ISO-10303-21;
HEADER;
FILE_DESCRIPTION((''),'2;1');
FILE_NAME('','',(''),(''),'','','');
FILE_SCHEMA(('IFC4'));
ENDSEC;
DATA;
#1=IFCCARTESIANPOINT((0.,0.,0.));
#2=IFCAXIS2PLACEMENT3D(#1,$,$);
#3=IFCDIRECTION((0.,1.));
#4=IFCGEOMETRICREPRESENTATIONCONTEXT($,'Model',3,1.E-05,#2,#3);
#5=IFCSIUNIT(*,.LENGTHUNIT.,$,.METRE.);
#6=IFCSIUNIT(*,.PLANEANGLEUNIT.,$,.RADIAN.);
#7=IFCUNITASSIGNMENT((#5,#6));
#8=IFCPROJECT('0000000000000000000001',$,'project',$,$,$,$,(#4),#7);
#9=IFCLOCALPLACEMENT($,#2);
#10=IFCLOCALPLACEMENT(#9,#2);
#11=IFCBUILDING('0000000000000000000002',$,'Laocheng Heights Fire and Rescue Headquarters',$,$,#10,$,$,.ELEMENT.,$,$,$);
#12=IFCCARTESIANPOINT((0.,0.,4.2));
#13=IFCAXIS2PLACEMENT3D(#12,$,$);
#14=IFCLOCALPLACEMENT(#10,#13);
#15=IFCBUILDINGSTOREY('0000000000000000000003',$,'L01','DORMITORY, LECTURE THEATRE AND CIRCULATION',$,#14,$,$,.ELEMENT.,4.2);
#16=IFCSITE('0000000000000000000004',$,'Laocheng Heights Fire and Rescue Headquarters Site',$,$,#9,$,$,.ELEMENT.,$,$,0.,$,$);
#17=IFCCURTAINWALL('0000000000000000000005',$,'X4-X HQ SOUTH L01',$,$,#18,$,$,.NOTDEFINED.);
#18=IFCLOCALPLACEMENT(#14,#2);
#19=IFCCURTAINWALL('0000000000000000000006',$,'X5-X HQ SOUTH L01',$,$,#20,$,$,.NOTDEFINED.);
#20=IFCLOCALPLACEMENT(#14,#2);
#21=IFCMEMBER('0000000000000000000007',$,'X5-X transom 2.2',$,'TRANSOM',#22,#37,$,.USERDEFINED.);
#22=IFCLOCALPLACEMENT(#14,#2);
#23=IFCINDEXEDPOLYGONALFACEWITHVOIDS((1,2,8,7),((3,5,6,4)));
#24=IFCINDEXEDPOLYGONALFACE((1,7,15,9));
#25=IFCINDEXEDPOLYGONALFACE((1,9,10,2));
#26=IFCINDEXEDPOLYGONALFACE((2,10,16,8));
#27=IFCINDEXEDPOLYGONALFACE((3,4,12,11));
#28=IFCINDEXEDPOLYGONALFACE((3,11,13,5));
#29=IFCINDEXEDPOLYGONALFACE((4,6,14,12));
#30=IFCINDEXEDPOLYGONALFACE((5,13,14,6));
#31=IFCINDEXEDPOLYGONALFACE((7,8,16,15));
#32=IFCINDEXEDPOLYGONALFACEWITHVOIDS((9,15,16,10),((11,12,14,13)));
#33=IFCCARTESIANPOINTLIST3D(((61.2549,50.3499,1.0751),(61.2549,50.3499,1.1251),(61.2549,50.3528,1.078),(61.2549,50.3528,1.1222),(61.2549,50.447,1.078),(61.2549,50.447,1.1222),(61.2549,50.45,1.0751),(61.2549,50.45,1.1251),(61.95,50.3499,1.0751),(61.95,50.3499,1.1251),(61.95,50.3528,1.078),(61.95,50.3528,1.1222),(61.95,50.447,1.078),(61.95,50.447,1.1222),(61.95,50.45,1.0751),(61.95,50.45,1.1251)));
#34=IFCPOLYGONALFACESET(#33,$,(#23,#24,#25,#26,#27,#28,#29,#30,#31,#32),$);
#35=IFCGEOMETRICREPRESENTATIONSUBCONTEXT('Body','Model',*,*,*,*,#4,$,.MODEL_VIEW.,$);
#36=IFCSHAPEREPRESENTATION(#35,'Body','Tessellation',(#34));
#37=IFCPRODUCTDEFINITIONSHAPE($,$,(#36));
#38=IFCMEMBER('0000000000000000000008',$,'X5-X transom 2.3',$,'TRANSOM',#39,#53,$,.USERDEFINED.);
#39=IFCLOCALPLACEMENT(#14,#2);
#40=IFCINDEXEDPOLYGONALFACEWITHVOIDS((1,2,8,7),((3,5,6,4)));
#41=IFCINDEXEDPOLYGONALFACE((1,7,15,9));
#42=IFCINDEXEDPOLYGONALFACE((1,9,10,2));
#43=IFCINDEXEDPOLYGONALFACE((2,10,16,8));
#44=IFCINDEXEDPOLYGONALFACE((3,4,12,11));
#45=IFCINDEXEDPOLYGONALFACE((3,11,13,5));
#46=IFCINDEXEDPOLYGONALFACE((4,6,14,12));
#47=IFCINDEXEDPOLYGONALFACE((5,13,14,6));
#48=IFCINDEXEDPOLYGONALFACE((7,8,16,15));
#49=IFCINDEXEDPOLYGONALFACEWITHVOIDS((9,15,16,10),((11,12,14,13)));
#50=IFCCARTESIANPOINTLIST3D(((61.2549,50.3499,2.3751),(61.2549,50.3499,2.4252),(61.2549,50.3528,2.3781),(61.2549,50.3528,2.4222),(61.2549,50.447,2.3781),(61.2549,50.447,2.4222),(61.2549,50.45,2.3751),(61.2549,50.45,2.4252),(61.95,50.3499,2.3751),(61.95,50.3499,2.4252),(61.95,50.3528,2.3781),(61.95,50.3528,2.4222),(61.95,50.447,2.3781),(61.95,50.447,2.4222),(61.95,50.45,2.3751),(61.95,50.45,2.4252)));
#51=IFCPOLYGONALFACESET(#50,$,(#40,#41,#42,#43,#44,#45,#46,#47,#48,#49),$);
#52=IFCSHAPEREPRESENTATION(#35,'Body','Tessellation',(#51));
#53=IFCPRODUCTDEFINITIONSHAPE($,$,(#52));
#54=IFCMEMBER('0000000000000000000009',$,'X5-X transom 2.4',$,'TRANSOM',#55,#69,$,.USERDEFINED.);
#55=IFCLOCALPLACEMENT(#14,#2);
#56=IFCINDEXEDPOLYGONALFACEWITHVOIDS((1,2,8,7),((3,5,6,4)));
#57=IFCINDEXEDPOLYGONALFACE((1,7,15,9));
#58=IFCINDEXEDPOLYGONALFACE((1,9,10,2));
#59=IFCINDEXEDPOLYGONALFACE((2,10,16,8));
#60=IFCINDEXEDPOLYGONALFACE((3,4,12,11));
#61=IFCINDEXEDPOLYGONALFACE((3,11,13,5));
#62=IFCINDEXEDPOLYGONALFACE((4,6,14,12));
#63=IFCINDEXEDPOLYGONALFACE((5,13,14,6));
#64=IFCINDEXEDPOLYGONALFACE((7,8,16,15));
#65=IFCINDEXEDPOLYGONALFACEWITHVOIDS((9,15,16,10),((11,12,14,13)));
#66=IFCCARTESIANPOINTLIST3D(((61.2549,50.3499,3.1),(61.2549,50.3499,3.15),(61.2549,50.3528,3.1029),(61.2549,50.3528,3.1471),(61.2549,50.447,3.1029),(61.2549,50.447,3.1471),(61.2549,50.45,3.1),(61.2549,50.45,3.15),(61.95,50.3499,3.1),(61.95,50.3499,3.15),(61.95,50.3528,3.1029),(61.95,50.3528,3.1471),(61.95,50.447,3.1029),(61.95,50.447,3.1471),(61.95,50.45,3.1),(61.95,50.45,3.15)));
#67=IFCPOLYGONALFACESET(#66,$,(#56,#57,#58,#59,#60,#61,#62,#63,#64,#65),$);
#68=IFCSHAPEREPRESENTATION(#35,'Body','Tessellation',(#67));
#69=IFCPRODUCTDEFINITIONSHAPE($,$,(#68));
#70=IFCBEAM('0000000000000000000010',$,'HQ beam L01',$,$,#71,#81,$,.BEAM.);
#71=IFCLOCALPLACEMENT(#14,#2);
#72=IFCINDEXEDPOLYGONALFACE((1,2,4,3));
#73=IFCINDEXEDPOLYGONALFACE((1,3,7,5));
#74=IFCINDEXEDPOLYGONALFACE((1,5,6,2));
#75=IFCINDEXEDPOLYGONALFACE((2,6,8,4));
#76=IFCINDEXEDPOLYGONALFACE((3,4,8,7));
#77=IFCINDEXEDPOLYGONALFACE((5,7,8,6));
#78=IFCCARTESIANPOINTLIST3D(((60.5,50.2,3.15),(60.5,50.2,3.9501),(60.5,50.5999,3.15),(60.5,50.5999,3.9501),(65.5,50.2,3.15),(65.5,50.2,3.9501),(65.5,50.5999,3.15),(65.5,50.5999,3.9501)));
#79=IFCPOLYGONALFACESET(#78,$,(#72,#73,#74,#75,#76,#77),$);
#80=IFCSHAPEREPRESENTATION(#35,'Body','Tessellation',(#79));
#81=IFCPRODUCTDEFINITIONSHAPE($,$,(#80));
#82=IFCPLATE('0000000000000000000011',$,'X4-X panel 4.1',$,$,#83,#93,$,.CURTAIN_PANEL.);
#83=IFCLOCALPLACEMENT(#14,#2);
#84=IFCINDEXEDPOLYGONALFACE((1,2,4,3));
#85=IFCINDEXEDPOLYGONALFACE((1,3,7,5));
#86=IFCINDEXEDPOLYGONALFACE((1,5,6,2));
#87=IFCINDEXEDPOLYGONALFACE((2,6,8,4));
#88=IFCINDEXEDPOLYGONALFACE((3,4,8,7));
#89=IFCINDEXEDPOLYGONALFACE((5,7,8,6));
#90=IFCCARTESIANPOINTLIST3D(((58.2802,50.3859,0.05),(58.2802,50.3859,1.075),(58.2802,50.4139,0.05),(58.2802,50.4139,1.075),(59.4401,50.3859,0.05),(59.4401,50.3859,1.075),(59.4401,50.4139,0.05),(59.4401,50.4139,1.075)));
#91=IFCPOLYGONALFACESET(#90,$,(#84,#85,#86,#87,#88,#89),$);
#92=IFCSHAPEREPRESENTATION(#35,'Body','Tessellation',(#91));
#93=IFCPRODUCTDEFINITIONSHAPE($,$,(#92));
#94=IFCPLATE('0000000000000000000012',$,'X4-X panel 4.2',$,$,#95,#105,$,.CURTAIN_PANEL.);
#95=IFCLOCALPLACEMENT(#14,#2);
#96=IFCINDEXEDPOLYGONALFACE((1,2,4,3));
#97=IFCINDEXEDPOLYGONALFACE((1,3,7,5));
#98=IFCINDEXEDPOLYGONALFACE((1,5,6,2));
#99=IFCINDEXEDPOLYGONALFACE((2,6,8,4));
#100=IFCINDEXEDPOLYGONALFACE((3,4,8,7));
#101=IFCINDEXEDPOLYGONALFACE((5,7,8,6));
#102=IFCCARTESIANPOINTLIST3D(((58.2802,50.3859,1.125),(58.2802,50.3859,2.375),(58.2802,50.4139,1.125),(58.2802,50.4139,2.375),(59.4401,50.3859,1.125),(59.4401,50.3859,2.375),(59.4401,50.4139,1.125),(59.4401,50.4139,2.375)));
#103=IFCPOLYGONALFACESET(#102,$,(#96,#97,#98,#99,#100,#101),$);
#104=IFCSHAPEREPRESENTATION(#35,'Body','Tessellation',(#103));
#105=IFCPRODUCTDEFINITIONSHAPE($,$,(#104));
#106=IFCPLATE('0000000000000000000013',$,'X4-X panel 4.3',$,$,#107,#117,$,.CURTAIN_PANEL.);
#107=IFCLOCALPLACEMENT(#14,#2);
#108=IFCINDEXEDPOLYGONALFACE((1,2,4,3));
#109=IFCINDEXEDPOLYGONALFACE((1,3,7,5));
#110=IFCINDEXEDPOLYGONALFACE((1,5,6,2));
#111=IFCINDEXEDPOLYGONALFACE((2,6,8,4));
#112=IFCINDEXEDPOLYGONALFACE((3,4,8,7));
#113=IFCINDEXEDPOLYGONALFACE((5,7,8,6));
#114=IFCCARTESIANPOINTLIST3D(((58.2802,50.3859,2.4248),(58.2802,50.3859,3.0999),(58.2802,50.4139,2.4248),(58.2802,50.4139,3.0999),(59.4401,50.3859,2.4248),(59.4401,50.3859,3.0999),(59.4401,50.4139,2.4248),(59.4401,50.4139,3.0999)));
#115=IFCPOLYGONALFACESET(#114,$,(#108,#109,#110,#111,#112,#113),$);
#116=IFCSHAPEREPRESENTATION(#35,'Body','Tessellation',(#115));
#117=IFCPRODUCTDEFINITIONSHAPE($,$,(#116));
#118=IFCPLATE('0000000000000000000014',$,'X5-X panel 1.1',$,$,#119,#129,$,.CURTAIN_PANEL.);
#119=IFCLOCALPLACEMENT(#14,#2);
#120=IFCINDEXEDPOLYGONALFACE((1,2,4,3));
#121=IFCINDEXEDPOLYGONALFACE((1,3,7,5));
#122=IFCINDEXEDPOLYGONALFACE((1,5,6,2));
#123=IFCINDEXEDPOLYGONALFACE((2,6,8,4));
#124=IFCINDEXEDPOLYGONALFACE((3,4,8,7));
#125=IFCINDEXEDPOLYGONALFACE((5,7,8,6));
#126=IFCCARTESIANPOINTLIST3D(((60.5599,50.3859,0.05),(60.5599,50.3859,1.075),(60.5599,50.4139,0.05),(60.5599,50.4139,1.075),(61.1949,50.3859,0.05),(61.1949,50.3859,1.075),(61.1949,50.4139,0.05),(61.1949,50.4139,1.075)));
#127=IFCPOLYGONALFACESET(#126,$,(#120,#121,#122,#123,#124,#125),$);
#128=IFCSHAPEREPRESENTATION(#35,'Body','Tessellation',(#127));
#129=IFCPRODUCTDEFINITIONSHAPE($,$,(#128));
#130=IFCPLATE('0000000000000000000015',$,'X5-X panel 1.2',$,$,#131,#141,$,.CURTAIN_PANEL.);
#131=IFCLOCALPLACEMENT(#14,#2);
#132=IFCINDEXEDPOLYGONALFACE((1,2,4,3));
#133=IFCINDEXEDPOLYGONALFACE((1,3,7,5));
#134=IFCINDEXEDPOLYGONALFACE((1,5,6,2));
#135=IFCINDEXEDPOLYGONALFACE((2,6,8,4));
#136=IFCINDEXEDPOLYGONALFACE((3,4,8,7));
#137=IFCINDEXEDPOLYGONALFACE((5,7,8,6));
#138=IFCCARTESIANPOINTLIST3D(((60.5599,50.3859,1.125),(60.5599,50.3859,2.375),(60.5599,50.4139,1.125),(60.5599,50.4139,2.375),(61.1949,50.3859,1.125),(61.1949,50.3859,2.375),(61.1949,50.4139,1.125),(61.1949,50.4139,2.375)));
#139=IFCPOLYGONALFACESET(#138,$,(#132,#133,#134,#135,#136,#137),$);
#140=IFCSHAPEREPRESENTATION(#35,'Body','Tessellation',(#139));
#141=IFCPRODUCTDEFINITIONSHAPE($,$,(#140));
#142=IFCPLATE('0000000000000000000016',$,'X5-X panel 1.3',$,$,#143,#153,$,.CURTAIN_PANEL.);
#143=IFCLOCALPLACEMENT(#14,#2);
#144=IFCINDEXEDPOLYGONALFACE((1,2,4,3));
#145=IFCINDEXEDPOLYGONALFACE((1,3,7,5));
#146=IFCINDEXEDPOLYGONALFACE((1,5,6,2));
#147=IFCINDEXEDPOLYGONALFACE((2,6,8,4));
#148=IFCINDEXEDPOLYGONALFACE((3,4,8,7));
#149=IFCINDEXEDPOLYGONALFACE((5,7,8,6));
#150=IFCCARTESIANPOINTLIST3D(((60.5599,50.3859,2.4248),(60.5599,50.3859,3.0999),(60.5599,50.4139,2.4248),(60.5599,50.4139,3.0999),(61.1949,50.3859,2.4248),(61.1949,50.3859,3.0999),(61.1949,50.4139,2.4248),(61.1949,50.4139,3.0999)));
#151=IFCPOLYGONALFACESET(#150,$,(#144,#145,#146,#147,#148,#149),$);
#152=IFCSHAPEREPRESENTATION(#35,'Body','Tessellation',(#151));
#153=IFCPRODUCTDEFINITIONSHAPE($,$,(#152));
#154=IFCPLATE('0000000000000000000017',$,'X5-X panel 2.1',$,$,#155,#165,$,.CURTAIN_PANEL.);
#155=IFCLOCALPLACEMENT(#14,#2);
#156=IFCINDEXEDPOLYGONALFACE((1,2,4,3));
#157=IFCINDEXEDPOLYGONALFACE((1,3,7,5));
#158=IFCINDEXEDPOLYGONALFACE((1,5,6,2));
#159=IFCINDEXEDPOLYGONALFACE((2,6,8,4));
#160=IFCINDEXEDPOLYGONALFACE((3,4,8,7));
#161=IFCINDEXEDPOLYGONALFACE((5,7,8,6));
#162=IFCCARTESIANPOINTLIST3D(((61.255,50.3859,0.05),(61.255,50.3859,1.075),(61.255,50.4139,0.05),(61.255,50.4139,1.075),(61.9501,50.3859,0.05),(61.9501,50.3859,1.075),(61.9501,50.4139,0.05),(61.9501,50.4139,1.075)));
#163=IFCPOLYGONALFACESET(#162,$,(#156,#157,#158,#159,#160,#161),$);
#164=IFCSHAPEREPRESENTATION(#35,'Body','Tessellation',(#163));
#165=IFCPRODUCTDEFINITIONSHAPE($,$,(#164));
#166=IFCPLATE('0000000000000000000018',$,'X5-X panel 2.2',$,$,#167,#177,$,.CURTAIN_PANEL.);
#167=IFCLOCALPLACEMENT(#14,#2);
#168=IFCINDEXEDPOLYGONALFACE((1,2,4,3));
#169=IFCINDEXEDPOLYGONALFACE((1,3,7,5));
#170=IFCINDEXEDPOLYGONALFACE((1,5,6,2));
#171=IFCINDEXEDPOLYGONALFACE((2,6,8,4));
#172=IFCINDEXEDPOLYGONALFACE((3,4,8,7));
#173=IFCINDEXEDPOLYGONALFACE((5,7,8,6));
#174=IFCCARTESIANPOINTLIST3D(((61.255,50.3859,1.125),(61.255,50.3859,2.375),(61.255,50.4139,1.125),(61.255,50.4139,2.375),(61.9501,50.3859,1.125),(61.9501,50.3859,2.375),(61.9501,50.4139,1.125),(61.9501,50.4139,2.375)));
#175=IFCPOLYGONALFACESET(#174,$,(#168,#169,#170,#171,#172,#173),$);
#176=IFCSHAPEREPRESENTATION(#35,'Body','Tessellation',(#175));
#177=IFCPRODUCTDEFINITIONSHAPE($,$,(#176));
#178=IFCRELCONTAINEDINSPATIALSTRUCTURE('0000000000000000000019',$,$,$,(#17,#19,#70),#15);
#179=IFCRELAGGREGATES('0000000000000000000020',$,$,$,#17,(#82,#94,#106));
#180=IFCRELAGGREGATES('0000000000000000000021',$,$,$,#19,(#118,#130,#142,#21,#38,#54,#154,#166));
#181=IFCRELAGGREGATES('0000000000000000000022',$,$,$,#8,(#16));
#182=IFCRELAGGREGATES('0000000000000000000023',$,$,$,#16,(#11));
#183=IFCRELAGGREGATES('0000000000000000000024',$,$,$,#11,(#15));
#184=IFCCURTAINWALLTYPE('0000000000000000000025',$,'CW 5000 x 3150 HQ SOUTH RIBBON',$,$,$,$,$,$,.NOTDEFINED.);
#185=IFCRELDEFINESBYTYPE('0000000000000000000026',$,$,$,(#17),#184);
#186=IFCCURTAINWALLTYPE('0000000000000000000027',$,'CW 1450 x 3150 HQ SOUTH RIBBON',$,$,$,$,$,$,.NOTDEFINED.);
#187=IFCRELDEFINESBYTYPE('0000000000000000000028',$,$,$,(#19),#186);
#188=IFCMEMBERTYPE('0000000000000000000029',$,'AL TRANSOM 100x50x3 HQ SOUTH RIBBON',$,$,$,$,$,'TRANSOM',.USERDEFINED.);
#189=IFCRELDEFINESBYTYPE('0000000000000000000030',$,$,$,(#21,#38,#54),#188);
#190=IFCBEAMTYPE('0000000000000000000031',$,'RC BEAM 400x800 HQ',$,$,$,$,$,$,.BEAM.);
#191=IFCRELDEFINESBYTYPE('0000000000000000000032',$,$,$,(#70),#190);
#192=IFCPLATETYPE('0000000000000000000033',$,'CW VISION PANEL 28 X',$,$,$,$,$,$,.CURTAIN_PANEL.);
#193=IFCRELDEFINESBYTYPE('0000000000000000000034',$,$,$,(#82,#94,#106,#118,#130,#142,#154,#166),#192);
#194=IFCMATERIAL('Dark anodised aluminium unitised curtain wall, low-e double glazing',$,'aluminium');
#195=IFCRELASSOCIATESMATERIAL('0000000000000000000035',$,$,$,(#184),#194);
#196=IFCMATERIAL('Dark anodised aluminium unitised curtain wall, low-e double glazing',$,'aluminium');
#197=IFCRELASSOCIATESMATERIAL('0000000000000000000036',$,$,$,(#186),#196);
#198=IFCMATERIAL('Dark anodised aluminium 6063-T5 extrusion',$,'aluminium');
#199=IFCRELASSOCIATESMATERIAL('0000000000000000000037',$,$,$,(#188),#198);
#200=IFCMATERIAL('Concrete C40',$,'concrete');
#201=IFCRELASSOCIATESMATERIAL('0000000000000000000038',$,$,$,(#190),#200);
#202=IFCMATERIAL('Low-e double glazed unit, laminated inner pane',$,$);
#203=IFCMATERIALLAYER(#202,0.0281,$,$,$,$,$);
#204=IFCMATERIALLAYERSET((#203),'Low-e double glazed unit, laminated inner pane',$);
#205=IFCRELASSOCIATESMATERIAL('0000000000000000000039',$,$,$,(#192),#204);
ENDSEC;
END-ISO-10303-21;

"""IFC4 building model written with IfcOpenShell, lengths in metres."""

from ifc_helpers import new_model, si_unit, direction, frame, origin, origin_2d, place, context, subcontext, project, spatial, rectangle, hollow_rectangle, extrude, material, layer, layer_set, material_profile, profile_set, type_object, element, aggregate, save


model = new_model("IFC4")

# Units and contexts
model_context = context("Model", 3, precision=1e-05, world=origin(), true_north=direction((0.0, 1.0)))
body_context = subcontext(model_context, "Body", "Model", "MODEL_VIEW")
ifc_project = project(units=[si_unit("LENGTHUNIT", "METRE"), si_unit("PLANEANGLEUNIT", "RADIAN")], contexts=[model_context])

# Site, building, storey
site_placement = place(None, origin())
site = spatial("IfcSite", under=ifc_project, at=site_placement, Name="Laocheng Heights Fire and Rescue Headquarters Site", CompositionType="ELEMENT", RefElevation=0.0)
building_placement = place(site_placement, origin())
building = spatial("IfcBuilding", under=site, at=building_placement, Name="Laocheng Heights Fire and Rescue Headquarters", CompositionType="ELEMENT")
storey_placement = place(building_placement, frame((0.0, 0.0, 4.2)))
storey = spatial("IfcBuildingStorey", under=building, at=storey_placement, Name="L01", Description="DORMITORY, LECTURE THEATRE AND CIRCULATION", CompositionType="ELEMENT", Elevation=4.2)

# Curtain wall
ifc_material_1 = material(Name="Dark anodised aluminium unitised curtain wall, low-e double glazing", Category="aluminium")
curtain_wall_type_1 = type_object("IfcCurtainWallType", Name="CW 5000 x 3150 HQ SOUTH RIBBON", PredefinedType="NOTDEFINED", material=ifc_material_1)
curtain_wall_1_placement = place(storey_placement, origin())
curtain_wall_1 = element("IfcCurtainWall", 1, at=curtain_wall_1_placement, inside=storey, type_object=curtain_wall_type_1, Name="X4-X HQ SOUTH L01", PredefinedType="NOTDEFINED")

# Curtain wall
ifc_material_2 = material(Name="Dark anodised aluminium unitised curtain wall, low-e double glazing", Category="aluminium")
curtain_wall_type_2 = type_object("IfcCurtainWallType", Name="CW 1450 x 3150 HQ SOUTH RIBBON", PredefinedType="NOTDEFINED", material=ifc_material_2)
curtain_wall_2_placement = place(storey_placement, origin())
curtain_wall_2 = element("IfcCurtainWall", 2, at=curtain_wall_2_placement, inside=storey, type_object=curtain_wall_type_2, Name="X5-X HQ SOUTH L01", PredefinedType="NOTDEFINED")

# Members
ifc_material_3 = material(Name="Dark anodised aluminium 6063-T5 extrusion", Category="aluminium")
ifc_material_profile_1 = material_profile(ifc_material_3, hollow_rectangle(XDim=0.1001, YDim=0.05, WallThickness=0.0029, at=origin_2d()), Name="AL TRANSOM 100x50x3 HQ SOUTH RIBBON")
ifc_profile_set_1 = profile_set([ifc_material_profile_1], Name="Dark anodised aluminium 6063-T5 extrusion")
member_type_1 = type_object("IfcMemberType", Name="AL TRANSOM 100x50x3 HQ SOUTH RIBBON", ElementType="TRANSOM", PredefinedType="USERDEFINED", material=ifc_profile_set_1)
member_1_placement = place(storey_placement, frame((61.2549, 50.3999, 1.1001), z_axis=(1.0, 0.0, 0.0), x_axis=(0.0, 1.0, 0.0)))
member_1 = element("IfcMember", 3, at=member_1_placement, type_object=member_type_1, Name="X5-X transom 2.2", ObjectType="TRANSOM", PredefinedType="USERDEFINED", context=body_context, shape_type="SweptSolid", body=[
    extrude(hollow_rectangle(XDim=0.1001, YDim=0.05, WallThickness=0.0029, at=origin_2d()), origin(), (0.0, 0.0, 1.0), 0.6951),
])
member_2_placement = place(storey_placement, frame((61.2549, 50.3999, 2.4001), z_axis=(1.0, 0.0, 0.0), x_axis=(0.0, 1.0, 0.0)))
member_2 = element("IfcMember", 4, at=member_2_placement, type_object=member_type_1, Name="X5-X transom 2.3", ObjectType="TRANSOM", PredefinedType="USERDEFINED", context=body_context, shape_type="SweptSolid", body=[
    extrude(hollow_rectangle(XDim=0.1001, YDim=0.05, WallThickness=0.0029, at=origin_2d()), origin(), (0.0, 0.0, 1.0), 0.6951),
])
member_3_placement = place(storey_placement, frame((61.2549, 50.3999, 3.125), z_axis=(1.0, 0.0, 0.0), x_axis=(0.0, 1.0, 0.0)))
member_3 = element("IfcMember", 5, at=member_3_placement, type_object=member_type_1, Name="X5-X transom 2.4", ObjectType="TRANSOM", PredefinedType="USERDEFINED", context=body_context, shape_type="SweptSolid", body=[
    extrude(hollow_rectangle(XDim=0.1001, YDim=0.05, WallThickness=0.0029, at=origin_2d()), origin(), (0.0, 0.0, 1.0), 0.6951),
])

# Beam
ifc_material_4 = material(Name="Concrete C40", Category="concrete")
ifc_material_profile_2 = material_profile(ifc_material_4, rectangle(XDim=0.3999, YDim=0.8, at=origin_2d()), Name="RC BEAM 400x800 HQ")
ifc_profile_set_2 = profile_set([ifc_material_profile_2], Name="Concrete C40")
beam_type = type_object("IfcBeamType", Name="RC BEAM 400x800 HQ", PredefinedType="BEAM", material=ifc_profile_set_2)
beam_placement = place(storey_placement, frame((60.5, 50.3999, 3.55), z_axis=(1.0, 0.0, 0.0), x_axis=(0.0, 1.0, 0.0)))
element("IfcBeam", 6, at=beam_placement, inside=storey, type_object=beam_type, Name="HQ beam L01", PredefinedType="BEAM", context=body_context, shape_type="SweptSolid", body=[
    extrude(rectangle(XDim=0.3999, YDim=0.8, at=origin_2d()), origin(), (0.0, 0.0, 1.0), 5.0),
])

# Plates
ifc_material_5 = material(Name="Low-e double glazed unit, laminated inner pane")
ifc_layer = layer(ifc_material_5, 0.0281)
ifc_layer_set = layer_set([ifc_layer], Name="Low-e double glazed unit, laminated inner pane")
plate_type = type_object("IfcPlateType", Name="CW VISION PANEL 28 X", PredefinedType="CURTAIN_PANEL", material=ifc_layer_set)
plate_1_placement = place(storey_placement, frame((58.8601, 50.3999, 0.05), z_axis=(0.0, 0.0, 1.0), x_axis=(1.0, 0.0, 0.0)))
plate_1 = element("IfcPlate", 7, at=plate_1_placement, type_object=plate_type, Name="X4-X panel 4.1", PredefinedType="CURTAIN_PANEL", context=body_context, shape_type="SweptSolid", body=[
    extrude(rectangle(XDim=1.1599, YDim=0.0281, at=origin_2d()), origin(), (0.0, 0.0, 1.0), 1.0249),
])
plate_2_placement = place(storey_placement, frame((58.8601, 50.3999, 1.125), z_axis=(0.0, 0.0, 1.0), x_axis=(1.0, 0.0, 0.0)))
plate_2 = element("IfcPlate", 8, at=plate_2_placement, type_object=plate_type, Name="X4-X panel 4.2", PredefinedType="CURTAIN_PANEL", context=body_context, shape_type="SweptSolid", body=[
    extrude(rectangle(XDim=1.1599, YDim=0.0281, at=origin_2d()), origin(), (0.0, 0.0, 1.0), 1.25),
])
plate_3_placement = place(storey_placement, frame((58.8601, 50.3999, 2.4248), z_axis=(0.0, 0.0, 1.0), x_axis=(1.0, 0.0, 0.0)))
plate_3 = element("IfcPlate", 9, at=plate_3_placement, type_object=plate_type, Name="X4-X panel 4.3", PredefinedType="CURTAIN_PANEL", context=body_context, shape_type="SweptSolid", body=[
    extrude(rectangle(XDim=1.1599, YDim=0.0281, at=origin_2d()), origin(), (0.0, 0.0, 1.0), 0.675),
])
aggregate(curtain_wall_1, [plate_1, plate_2, plate_3])
plate_4_placement = place(storey_placement, frame((60.8774, 50.3999, 0.05), z_axis=(0.0, 0.0, 1.0), x_axis=(1.0, 0.0, 0.0)))
plate_4 = element("IfcPlate", 10, at=plate_4_placement, type_object=plate_type, Name="X5-X panel 1.1", PredefinedType="CURTAIN_PANEL", context=body_context, shape_type="SweptSolid", body=[
    extrude(rectangle(XDim=0.635, YDim=0.0281, at=origin_2d()), origin(), (0.0, 0.0, 1.0), 1.0249),
])
plate_5_placement = place(storey_placement, frame((60.8774, 50.3999, 1.125), z_axis=(0.0, 0.0, 1.0), x_axis=(1.0, 0.0, 0.0)))
plate_5 = element("IfcPlate", 11, at=plate_5_placement, type_object=plate_type, Name="X5-X panel 1.2", PredefinedType="CURTAIN_PANEL", context=body_context, shape_type="SweptSolid", body=[
    extrude(rectangle(XDim=0.635, YDim=0.0281, at=origin_2d()), origin(), (0.0, 0.0, 1.0), 1.25),
])
plate_6_placement = place(storey_placement, frame((60.8774, 50.3999, 2.4248), z_axis=(0.0, 0.0, 1.0), x_axis=(1.0, 0.0, 0.0)))
plate_6 = element("IfcPlate", 12, at=plate_6_placement, type_object=plate_type, Name="X5-X panel 1.3", PredefinedType="CURTAIN_PANEL", context=body_context, shape_type="SweptSolid", body=[
    extrude(rectangle(XDim=0.635, YDim=0.0281, at=origin_2d()), origin(), (0.0, 0.0, 1.0), 0.675),
])
plate_7_placement = place(storey_placement, frame((61.6025, 50.3999, 0.05), z_axis=(0.0, 0.0, 1.0), x_axis=(1.0, 0.0, 0.0)))
plate_7 = element("IfcPlate", 13, at=plate_7_placement, type_object=plate_type, Name="X5-X panel 2.1", PredefinedType="CURTAIN_PANEL", context=body_context, shape_type="SweptSolid", body=[
    extrude(rectangle(XDim=0.6951, YDim=0.0281, at=origin_2d()), origin(), (0.0, 0.0, 1.0), 1.0249),
])
plate_8_placement = place(storey_placement, frame((61.6025, 50.3999, 1.125), z_axis=(0.0, 0.0, 1.0), x_axis=(1.0, 0.0, 0.0)))
plate_8 = element("IfcPlate", 14, at=plate_8_placement, type_object=plate_type, Name="X5-X panel 2.2", PredefinedType="CURTAIN_PANEL", context=body_context, shape_type="SweptSolid", body=[
    extrude(rectangle(XDim=0.6951, YDim=0.0281, at=origin_2d()), origin(), (0.0, 0.0, 1.0), 1.25),
])
aggregate(curtain_wall_2, [plate_4, plate_5, plate_6, member_1, member_2, member_3, plate_7, plate_8])

save(model, "model.ifc")
